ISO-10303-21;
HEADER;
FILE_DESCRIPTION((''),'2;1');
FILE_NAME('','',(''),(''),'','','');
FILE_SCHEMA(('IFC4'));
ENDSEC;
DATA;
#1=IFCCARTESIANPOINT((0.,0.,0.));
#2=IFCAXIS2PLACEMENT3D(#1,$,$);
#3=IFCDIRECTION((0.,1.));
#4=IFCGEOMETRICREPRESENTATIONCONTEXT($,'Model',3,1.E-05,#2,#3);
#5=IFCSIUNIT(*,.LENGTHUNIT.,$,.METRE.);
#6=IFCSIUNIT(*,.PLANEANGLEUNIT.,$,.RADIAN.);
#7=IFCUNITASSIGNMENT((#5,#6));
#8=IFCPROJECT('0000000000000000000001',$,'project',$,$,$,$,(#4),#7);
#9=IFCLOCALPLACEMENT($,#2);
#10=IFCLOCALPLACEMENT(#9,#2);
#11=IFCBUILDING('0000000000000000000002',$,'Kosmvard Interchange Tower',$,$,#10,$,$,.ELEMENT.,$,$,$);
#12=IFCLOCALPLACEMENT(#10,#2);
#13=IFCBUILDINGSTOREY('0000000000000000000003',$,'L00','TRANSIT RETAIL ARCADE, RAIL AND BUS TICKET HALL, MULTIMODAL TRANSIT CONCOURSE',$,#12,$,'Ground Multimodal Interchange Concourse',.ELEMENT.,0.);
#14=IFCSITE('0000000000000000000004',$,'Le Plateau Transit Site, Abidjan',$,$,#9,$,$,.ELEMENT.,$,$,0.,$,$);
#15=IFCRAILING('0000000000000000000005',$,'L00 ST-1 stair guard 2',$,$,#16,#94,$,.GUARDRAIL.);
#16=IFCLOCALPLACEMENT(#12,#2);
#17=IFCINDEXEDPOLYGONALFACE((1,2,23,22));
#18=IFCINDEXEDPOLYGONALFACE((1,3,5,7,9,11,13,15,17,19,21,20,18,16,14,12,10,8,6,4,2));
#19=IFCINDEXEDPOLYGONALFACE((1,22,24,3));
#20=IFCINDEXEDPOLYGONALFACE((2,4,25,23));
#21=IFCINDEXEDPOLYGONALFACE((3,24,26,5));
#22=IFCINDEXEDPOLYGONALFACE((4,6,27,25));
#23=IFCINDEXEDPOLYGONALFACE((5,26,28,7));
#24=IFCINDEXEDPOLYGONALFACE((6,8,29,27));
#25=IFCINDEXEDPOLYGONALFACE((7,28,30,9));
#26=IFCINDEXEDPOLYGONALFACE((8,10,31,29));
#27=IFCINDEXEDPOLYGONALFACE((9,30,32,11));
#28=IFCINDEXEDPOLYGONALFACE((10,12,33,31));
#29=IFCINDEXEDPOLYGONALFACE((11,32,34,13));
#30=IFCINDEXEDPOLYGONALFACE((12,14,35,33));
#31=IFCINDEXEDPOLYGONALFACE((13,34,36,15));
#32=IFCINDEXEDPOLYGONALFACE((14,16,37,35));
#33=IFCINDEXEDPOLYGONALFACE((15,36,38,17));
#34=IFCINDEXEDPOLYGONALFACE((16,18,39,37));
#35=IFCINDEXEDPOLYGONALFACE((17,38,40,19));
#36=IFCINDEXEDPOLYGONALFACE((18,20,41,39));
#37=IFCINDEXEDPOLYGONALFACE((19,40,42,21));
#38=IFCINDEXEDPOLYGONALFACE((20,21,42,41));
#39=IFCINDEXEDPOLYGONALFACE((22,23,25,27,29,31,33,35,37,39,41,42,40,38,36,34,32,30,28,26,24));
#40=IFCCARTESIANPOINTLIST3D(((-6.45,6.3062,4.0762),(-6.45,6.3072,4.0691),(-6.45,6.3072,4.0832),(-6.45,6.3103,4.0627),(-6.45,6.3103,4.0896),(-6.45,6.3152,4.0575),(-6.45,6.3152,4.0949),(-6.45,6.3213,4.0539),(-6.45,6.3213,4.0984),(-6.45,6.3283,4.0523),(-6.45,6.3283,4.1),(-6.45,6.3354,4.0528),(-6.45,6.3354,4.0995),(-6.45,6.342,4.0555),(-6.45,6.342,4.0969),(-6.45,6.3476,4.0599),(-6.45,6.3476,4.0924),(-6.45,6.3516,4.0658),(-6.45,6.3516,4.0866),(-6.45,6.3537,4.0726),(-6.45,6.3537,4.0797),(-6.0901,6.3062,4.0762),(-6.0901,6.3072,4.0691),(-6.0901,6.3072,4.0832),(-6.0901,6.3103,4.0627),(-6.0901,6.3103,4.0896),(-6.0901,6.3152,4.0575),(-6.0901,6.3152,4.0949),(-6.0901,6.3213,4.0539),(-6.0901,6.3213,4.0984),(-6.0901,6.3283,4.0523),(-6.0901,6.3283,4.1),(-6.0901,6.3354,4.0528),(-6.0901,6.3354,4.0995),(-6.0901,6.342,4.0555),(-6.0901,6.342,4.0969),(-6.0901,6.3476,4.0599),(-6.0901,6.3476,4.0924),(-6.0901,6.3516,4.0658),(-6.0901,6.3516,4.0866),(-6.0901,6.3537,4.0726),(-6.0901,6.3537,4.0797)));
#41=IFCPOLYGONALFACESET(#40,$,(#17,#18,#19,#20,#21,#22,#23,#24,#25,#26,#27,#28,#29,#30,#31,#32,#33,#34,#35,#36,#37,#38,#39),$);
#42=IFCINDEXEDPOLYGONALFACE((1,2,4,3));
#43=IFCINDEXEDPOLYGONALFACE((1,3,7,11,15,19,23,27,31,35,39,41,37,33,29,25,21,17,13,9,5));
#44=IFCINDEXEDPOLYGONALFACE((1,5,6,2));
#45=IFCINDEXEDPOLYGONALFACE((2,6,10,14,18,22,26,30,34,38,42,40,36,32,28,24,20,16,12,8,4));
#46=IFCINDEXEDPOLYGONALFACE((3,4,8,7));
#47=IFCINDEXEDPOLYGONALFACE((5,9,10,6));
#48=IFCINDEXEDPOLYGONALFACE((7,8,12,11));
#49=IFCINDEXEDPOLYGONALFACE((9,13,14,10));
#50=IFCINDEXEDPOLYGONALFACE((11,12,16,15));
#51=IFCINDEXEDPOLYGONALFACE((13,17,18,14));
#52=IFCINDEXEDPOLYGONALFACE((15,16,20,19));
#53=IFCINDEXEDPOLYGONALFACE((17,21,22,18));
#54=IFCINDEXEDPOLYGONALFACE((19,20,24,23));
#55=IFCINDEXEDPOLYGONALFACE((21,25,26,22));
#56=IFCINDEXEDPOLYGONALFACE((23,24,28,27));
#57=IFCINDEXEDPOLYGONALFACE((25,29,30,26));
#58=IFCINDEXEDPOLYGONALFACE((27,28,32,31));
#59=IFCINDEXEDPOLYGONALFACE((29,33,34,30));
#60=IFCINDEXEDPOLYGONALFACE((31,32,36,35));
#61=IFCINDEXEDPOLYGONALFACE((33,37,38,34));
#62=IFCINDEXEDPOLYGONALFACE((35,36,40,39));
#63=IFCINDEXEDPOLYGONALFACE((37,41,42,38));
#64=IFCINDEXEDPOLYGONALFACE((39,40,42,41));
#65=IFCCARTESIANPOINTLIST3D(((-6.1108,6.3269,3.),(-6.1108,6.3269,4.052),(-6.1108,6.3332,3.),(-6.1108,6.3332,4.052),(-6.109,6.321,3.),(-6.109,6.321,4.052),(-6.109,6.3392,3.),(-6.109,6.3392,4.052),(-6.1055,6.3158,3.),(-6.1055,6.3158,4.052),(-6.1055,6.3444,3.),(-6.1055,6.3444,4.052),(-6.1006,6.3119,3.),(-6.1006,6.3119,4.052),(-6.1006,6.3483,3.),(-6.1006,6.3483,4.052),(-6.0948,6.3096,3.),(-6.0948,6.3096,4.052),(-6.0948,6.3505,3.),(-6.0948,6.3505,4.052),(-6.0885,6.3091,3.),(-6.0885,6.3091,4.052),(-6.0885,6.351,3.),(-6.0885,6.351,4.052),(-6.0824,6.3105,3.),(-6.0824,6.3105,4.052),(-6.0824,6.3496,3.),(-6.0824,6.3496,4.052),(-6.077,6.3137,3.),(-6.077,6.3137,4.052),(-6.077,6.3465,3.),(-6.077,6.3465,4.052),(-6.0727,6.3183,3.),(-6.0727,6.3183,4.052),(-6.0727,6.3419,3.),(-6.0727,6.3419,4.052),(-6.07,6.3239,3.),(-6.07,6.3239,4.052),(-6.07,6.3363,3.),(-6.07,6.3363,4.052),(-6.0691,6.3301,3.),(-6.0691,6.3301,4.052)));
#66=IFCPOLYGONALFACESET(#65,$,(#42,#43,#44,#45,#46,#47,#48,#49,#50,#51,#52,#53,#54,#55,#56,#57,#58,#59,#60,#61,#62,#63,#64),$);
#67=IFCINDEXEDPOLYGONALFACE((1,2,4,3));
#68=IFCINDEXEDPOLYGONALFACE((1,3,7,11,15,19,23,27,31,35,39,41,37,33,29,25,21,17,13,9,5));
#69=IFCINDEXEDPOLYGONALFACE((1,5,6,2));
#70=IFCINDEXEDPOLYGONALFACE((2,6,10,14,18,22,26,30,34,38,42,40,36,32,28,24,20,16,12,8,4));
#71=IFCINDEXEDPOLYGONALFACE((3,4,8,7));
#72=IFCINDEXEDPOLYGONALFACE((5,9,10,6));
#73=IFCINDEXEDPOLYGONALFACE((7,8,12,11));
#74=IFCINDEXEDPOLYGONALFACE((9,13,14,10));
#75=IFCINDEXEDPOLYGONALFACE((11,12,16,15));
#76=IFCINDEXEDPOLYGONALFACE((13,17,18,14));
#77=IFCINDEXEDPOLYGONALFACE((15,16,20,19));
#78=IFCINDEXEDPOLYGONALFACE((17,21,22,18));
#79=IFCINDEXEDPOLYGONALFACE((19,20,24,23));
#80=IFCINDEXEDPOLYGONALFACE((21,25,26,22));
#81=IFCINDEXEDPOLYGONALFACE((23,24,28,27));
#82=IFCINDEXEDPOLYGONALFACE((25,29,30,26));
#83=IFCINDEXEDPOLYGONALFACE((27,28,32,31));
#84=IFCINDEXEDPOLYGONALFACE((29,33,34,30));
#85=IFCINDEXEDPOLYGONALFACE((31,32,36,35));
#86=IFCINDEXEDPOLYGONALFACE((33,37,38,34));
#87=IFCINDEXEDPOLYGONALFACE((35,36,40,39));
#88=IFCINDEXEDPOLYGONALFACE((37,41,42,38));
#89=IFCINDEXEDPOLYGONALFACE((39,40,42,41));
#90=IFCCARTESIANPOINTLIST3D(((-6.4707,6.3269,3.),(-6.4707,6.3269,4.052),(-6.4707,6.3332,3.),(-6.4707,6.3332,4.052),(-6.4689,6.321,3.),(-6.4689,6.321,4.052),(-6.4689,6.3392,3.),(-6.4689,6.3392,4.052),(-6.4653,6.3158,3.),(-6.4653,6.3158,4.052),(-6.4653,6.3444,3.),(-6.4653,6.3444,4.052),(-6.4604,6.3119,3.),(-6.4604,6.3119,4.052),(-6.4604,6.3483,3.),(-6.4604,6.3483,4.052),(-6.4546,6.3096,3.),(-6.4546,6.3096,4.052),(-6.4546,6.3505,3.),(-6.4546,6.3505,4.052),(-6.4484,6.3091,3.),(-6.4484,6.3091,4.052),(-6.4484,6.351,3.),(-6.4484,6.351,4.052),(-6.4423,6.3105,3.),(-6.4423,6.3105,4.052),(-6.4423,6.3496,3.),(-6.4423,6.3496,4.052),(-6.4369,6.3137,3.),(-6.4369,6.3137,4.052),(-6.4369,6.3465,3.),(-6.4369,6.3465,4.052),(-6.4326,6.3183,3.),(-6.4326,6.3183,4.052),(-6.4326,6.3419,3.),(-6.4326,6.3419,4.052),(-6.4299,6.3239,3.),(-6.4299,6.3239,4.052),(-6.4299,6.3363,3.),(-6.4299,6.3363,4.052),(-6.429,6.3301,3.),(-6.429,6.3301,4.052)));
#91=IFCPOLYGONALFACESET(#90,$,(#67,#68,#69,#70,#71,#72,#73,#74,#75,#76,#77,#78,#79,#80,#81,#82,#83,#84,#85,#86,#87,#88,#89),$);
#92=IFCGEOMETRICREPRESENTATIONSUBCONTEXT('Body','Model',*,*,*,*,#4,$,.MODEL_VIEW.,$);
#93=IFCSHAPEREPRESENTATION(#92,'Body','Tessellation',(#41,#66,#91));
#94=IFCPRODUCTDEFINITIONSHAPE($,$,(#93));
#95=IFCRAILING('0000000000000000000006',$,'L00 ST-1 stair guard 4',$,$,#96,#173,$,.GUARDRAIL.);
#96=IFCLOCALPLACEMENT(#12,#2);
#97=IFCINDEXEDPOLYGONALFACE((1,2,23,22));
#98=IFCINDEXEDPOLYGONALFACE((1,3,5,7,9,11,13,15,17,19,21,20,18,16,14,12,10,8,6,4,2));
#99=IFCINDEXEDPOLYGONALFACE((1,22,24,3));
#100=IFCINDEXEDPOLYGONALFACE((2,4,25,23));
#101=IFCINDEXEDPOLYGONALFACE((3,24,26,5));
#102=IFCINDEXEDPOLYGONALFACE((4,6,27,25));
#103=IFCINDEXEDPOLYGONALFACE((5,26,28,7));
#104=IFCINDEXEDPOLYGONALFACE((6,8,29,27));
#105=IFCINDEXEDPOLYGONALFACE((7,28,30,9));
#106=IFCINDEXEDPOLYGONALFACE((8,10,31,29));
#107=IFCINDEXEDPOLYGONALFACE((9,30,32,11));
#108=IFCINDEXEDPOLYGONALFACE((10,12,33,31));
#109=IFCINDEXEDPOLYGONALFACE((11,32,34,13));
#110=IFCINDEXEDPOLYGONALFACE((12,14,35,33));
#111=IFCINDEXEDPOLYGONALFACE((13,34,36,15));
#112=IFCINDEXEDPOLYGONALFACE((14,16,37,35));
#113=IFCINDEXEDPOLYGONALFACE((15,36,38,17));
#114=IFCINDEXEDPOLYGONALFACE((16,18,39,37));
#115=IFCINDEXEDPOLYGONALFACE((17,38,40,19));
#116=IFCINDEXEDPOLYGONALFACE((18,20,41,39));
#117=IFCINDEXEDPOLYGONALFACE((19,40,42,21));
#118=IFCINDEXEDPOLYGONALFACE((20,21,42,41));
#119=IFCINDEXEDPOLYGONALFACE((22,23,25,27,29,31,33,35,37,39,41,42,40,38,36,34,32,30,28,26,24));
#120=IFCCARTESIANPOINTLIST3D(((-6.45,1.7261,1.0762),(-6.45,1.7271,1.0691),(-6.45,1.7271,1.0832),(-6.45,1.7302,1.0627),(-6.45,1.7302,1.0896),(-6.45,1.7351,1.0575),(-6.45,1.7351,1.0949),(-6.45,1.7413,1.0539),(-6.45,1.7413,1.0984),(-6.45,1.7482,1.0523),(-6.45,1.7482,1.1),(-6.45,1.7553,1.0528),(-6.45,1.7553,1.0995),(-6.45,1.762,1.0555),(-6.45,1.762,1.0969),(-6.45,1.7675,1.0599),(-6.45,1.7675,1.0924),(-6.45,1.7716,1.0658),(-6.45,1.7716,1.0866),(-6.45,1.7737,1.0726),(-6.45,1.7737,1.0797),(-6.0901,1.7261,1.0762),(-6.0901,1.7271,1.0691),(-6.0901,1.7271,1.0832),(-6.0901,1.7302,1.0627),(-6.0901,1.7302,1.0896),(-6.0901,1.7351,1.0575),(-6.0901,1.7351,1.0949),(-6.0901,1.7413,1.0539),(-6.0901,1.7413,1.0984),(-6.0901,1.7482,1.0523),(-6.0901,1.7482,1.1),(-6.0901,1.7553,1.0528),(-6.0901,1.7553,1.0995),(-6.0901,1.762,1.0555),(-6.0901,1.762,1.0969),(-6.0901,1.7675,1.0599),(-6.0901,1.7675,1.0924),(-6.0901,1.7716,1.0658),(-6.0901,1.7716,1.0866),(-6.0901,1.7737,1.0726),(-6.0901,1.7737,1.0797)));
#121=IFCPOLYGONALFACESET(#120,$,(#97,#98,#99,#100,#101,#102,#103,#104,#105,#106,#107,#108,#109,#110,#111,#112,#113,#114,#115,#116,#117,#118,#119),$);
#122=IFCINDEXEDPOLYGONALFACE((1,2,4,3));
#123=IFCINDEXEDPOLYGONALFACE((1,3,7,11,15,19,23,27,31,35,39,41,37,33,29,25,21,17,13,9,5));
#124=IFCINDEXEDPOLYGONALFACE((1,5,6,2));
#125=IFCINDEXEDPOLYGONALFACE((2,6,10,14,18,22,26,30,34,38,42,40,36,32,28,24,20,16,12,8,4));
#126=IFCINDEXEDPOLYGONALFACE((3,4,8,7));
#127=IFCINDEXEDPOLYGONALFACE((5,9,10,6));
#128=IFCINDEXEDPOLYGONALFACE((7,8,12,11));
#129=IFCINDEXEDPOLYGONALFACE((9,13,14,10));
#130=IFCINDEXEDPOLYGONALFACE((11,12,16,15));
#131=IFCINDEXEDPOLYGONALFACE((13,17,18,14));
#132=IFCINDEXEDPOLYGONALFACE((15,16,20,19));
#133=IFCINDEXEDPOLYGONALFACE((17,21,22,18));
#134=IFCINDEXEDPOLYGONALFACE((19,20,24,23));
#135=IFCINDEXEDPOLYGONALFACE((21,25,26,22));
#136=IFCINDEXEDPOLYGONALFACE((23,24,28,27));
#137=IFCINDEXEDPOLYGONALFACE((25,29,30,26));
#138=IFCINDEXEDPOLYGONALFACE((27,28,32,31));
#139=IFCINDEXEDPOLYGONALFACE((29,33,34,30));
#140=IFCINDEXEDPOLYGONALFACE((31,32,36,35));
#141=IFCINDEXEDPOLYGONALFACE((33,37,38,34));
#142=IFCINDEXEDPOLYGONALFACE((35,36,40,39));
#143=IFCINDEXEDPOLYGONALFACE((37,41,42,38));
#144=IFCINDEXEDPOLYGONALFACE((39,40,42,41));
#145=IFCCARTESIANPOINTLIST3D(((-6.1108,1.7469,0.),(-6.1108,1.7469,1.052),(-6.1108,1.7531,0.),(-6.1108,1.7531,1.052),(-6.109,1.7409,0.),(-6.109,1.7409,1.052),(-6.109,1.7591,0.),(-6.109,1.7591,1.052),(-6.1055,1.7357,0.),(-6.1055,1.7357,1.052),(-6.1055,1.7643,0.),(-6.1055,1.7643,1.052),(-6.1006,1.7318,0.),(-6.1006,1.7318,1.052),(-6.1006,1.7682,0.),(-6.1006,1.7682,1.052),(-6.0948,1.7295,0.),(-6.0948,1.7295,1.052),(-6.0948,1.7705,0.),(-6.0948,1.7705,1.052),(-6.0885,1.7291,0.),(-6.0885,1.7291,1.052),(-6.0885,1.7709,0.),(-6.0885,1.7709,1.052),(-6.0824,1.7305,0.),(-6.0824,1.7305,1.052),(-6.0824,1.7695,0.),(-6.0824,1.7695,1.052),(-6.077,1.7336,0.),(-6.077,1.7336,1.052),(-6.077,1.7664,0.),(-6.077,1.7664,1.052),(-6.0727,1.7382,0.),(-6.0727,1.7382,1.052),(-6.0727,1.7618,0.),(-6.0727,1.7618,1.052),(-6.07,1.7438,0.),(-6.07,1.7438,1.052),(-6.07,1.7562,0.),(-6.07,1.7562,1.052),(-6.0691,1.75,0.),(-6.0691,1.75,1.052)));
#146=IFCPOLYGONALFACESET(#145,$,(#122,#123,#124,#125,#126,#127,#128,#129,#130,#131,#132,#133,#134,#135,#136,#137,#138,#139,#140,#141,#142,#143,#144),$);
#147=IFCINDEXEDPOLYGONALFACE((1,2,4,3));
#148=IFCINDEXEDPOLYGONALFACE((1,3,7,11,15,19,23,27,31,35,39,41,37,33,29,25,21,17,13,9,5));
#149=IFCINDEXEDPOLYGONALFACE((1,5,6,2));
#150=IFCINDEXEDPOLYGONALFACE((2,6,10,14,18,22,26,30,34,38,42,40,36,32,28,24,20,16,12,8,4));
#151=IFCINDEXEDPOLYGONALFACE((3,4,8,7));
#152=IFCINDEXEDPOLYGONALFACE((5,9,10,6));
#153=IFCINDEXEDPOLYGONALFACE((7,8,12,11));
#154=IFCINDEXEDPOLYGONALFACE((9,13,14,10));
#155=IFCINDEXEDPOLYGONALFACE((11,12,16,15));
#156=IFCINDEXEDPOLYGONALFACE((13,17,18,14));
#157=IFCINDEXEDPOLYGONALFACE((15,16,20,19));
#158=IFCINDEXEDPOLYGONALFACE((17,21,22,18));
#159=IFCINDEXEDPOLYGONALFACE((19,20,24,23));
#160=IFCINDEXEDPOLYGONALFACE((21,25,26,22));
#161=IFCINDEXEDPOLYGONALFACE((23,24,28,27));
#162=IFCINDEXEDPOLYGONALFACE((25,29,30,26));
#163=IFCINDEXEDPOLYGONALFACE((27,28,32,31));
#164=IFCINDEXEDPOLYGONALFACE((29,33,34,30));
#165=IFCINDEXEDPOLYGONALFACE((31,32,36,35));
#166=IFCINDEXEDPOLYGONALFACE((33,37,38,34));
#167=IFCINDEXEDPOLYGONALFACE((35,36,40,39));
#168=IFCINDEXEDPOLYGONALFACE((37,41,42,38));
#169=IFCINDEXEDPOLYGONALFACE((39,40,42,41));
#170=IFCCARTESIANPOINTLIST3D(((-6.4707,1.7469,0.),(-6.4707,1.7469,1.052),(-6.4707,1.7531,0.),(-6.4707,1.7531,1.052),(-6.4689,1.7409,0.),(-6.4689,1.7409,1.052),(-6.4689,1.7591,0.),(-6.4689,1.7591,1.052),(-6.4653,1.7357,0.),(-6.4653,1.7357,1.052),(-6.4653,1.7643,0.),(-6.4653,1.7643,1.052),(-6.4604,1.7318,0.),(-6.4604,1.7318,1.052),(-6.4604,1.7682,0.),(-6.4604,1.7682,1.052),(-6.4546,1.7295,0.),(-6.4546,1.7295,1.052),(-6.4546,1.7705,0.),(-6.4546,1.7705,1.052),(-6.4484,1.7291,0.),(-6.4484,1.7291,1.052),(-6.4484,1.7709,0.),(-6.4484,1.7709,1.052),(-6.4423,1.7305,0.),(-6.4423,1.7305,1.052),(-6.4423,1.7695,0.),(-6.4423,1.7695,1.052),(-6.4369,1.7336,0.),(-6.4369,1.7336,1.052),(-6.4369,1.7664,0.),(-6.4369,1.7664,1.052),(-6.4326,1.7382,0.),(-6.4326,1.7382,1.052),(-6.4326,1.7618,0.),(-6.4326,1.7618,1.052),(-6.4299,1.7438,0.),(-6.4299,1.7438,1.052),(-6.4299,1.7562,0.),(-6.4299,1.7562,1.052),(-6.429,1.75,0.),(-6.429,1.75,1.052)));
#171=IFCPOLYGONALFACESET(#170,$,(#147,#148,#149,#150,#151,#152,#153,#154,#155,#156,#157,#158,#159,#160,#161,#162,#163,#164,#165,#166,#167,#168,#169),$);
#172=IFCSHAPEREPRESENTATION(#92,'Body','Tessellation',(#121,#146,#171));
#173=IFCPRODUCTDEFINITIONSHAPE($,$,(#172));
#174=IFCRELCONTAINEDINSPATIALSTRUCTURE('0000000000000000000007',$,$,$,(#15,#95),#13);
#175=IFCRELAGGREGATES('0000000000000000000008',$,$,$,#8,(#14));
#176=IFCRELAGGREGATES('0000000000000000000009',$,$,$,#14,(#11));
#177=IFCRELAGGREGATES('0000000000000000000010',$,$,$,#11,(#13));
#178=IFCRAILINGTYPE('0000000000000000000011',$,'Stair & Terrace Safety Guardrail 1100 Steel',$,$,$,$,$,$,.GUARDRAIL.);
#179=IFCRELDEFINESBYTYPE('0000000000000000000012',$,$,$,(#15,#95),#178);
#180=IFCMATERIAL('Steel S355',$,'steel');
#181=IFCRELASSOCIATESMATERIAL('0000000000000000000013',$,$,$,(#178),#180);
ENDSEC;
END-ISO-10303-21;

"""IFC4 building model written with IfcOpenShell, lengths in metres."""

from ifc_helpers import new_model, si_unit, direction, frame, origin, origin_2d, place, context, subcontext, project, spatial, circle, extrude, source, transform, mapped, material, type_object, element, save


model = new_model("IFC4")

# Units and contexts
model_context = context("Model", 3, precision=1e-05, world=origin(), true_north=direction((0.0, 1.0)))
body_context = subcontext(model_context, "Body", "Model", "MODEL_VIEW")
ifc_project = project(units=[si_unit("LENGTHUNIT", "METRE"), si_unit("PLANEANGLEUNIT", "RADIAN")], contexts=[model_context])

# Site, building, storey
site_placement = place(None, origin())
site = spatial("IfcSite", under=ifc_project, at=site_placement, Name="Le Plateau Transit Site, Abidjan", CompositionType="ELEMENT", RefElevation=0.0)
building_placement = place(site_placement, origin())
building = spatial("IfcBuilding", under=site, at=building_placement, Name="Kosmvard Interchange Tower", CompositionType="ELEMENT")
storey_placement = place(building_placement, origin())
storey = spatial("IfcBuildingStorey", under=building, at=storey_placement, Name="L00", Description="TRANSIT RETAIL ARCADE, RAIL AND BUS TICKET HALL, MULTIMODAL TRANSIT CONCOURSE", LongName="Ground Multimodal Interchange Concourse", CompositionType="ELEMENT", Elevation=0.0)

# Railings
ifc_material_1 = material(Name="Steel S355", Category="steel")
railing_type_1 = type_object("IfcRailingType", Name="Stair & Terrace Safety Guardrail 1100 Steel", PredefinedType="GUARDRAIL", material=ifc_material_1)
shared_shape_1 = source(origin(), body_context, "Body", "SweptSolid", [
    extrude(circle(Radius=0.0239, at=origin_2d()), frame((0.0, 0.0, 1.0762), z_axis=(-1.0, 0.0, 0.0), x_axis=(0.0, -1.0, 0.0)), (0.0, 0.0, 1.0), 0.3599),
    extrude(circle(Radius=0.021, at=origin_2d()), origin(), (0.0, 0.0, 1.0), 1.052),
    extrude(circle(Radius=0.021, at=origin_2d()), frame((-0.3599, 0.0, 0.0)), (0.0, 0.0, 1.0), 1.052),
])
for number, where, name in (
    (1, (-6.0901, 6.3301, 3.0), "L00 ST-1 stair guard 2"),
    (2, (-6.0901, 1.75, 0.0), "L00 ST-1 stair guard 4"),
):
    element("IfcRailing", number, at=place(storey_placement, frame(where)), inside=storey, type_object=railing_type_1, Name=name, PredefinedType="GUARDRAIL", context=body_context, shape_type="MappedRepresentation", body=[
        mapped(shared_shape_1, transform((0.0, 0.0, 0.0), scale=1.0)),
    ])

save(model, "model.ifc")
